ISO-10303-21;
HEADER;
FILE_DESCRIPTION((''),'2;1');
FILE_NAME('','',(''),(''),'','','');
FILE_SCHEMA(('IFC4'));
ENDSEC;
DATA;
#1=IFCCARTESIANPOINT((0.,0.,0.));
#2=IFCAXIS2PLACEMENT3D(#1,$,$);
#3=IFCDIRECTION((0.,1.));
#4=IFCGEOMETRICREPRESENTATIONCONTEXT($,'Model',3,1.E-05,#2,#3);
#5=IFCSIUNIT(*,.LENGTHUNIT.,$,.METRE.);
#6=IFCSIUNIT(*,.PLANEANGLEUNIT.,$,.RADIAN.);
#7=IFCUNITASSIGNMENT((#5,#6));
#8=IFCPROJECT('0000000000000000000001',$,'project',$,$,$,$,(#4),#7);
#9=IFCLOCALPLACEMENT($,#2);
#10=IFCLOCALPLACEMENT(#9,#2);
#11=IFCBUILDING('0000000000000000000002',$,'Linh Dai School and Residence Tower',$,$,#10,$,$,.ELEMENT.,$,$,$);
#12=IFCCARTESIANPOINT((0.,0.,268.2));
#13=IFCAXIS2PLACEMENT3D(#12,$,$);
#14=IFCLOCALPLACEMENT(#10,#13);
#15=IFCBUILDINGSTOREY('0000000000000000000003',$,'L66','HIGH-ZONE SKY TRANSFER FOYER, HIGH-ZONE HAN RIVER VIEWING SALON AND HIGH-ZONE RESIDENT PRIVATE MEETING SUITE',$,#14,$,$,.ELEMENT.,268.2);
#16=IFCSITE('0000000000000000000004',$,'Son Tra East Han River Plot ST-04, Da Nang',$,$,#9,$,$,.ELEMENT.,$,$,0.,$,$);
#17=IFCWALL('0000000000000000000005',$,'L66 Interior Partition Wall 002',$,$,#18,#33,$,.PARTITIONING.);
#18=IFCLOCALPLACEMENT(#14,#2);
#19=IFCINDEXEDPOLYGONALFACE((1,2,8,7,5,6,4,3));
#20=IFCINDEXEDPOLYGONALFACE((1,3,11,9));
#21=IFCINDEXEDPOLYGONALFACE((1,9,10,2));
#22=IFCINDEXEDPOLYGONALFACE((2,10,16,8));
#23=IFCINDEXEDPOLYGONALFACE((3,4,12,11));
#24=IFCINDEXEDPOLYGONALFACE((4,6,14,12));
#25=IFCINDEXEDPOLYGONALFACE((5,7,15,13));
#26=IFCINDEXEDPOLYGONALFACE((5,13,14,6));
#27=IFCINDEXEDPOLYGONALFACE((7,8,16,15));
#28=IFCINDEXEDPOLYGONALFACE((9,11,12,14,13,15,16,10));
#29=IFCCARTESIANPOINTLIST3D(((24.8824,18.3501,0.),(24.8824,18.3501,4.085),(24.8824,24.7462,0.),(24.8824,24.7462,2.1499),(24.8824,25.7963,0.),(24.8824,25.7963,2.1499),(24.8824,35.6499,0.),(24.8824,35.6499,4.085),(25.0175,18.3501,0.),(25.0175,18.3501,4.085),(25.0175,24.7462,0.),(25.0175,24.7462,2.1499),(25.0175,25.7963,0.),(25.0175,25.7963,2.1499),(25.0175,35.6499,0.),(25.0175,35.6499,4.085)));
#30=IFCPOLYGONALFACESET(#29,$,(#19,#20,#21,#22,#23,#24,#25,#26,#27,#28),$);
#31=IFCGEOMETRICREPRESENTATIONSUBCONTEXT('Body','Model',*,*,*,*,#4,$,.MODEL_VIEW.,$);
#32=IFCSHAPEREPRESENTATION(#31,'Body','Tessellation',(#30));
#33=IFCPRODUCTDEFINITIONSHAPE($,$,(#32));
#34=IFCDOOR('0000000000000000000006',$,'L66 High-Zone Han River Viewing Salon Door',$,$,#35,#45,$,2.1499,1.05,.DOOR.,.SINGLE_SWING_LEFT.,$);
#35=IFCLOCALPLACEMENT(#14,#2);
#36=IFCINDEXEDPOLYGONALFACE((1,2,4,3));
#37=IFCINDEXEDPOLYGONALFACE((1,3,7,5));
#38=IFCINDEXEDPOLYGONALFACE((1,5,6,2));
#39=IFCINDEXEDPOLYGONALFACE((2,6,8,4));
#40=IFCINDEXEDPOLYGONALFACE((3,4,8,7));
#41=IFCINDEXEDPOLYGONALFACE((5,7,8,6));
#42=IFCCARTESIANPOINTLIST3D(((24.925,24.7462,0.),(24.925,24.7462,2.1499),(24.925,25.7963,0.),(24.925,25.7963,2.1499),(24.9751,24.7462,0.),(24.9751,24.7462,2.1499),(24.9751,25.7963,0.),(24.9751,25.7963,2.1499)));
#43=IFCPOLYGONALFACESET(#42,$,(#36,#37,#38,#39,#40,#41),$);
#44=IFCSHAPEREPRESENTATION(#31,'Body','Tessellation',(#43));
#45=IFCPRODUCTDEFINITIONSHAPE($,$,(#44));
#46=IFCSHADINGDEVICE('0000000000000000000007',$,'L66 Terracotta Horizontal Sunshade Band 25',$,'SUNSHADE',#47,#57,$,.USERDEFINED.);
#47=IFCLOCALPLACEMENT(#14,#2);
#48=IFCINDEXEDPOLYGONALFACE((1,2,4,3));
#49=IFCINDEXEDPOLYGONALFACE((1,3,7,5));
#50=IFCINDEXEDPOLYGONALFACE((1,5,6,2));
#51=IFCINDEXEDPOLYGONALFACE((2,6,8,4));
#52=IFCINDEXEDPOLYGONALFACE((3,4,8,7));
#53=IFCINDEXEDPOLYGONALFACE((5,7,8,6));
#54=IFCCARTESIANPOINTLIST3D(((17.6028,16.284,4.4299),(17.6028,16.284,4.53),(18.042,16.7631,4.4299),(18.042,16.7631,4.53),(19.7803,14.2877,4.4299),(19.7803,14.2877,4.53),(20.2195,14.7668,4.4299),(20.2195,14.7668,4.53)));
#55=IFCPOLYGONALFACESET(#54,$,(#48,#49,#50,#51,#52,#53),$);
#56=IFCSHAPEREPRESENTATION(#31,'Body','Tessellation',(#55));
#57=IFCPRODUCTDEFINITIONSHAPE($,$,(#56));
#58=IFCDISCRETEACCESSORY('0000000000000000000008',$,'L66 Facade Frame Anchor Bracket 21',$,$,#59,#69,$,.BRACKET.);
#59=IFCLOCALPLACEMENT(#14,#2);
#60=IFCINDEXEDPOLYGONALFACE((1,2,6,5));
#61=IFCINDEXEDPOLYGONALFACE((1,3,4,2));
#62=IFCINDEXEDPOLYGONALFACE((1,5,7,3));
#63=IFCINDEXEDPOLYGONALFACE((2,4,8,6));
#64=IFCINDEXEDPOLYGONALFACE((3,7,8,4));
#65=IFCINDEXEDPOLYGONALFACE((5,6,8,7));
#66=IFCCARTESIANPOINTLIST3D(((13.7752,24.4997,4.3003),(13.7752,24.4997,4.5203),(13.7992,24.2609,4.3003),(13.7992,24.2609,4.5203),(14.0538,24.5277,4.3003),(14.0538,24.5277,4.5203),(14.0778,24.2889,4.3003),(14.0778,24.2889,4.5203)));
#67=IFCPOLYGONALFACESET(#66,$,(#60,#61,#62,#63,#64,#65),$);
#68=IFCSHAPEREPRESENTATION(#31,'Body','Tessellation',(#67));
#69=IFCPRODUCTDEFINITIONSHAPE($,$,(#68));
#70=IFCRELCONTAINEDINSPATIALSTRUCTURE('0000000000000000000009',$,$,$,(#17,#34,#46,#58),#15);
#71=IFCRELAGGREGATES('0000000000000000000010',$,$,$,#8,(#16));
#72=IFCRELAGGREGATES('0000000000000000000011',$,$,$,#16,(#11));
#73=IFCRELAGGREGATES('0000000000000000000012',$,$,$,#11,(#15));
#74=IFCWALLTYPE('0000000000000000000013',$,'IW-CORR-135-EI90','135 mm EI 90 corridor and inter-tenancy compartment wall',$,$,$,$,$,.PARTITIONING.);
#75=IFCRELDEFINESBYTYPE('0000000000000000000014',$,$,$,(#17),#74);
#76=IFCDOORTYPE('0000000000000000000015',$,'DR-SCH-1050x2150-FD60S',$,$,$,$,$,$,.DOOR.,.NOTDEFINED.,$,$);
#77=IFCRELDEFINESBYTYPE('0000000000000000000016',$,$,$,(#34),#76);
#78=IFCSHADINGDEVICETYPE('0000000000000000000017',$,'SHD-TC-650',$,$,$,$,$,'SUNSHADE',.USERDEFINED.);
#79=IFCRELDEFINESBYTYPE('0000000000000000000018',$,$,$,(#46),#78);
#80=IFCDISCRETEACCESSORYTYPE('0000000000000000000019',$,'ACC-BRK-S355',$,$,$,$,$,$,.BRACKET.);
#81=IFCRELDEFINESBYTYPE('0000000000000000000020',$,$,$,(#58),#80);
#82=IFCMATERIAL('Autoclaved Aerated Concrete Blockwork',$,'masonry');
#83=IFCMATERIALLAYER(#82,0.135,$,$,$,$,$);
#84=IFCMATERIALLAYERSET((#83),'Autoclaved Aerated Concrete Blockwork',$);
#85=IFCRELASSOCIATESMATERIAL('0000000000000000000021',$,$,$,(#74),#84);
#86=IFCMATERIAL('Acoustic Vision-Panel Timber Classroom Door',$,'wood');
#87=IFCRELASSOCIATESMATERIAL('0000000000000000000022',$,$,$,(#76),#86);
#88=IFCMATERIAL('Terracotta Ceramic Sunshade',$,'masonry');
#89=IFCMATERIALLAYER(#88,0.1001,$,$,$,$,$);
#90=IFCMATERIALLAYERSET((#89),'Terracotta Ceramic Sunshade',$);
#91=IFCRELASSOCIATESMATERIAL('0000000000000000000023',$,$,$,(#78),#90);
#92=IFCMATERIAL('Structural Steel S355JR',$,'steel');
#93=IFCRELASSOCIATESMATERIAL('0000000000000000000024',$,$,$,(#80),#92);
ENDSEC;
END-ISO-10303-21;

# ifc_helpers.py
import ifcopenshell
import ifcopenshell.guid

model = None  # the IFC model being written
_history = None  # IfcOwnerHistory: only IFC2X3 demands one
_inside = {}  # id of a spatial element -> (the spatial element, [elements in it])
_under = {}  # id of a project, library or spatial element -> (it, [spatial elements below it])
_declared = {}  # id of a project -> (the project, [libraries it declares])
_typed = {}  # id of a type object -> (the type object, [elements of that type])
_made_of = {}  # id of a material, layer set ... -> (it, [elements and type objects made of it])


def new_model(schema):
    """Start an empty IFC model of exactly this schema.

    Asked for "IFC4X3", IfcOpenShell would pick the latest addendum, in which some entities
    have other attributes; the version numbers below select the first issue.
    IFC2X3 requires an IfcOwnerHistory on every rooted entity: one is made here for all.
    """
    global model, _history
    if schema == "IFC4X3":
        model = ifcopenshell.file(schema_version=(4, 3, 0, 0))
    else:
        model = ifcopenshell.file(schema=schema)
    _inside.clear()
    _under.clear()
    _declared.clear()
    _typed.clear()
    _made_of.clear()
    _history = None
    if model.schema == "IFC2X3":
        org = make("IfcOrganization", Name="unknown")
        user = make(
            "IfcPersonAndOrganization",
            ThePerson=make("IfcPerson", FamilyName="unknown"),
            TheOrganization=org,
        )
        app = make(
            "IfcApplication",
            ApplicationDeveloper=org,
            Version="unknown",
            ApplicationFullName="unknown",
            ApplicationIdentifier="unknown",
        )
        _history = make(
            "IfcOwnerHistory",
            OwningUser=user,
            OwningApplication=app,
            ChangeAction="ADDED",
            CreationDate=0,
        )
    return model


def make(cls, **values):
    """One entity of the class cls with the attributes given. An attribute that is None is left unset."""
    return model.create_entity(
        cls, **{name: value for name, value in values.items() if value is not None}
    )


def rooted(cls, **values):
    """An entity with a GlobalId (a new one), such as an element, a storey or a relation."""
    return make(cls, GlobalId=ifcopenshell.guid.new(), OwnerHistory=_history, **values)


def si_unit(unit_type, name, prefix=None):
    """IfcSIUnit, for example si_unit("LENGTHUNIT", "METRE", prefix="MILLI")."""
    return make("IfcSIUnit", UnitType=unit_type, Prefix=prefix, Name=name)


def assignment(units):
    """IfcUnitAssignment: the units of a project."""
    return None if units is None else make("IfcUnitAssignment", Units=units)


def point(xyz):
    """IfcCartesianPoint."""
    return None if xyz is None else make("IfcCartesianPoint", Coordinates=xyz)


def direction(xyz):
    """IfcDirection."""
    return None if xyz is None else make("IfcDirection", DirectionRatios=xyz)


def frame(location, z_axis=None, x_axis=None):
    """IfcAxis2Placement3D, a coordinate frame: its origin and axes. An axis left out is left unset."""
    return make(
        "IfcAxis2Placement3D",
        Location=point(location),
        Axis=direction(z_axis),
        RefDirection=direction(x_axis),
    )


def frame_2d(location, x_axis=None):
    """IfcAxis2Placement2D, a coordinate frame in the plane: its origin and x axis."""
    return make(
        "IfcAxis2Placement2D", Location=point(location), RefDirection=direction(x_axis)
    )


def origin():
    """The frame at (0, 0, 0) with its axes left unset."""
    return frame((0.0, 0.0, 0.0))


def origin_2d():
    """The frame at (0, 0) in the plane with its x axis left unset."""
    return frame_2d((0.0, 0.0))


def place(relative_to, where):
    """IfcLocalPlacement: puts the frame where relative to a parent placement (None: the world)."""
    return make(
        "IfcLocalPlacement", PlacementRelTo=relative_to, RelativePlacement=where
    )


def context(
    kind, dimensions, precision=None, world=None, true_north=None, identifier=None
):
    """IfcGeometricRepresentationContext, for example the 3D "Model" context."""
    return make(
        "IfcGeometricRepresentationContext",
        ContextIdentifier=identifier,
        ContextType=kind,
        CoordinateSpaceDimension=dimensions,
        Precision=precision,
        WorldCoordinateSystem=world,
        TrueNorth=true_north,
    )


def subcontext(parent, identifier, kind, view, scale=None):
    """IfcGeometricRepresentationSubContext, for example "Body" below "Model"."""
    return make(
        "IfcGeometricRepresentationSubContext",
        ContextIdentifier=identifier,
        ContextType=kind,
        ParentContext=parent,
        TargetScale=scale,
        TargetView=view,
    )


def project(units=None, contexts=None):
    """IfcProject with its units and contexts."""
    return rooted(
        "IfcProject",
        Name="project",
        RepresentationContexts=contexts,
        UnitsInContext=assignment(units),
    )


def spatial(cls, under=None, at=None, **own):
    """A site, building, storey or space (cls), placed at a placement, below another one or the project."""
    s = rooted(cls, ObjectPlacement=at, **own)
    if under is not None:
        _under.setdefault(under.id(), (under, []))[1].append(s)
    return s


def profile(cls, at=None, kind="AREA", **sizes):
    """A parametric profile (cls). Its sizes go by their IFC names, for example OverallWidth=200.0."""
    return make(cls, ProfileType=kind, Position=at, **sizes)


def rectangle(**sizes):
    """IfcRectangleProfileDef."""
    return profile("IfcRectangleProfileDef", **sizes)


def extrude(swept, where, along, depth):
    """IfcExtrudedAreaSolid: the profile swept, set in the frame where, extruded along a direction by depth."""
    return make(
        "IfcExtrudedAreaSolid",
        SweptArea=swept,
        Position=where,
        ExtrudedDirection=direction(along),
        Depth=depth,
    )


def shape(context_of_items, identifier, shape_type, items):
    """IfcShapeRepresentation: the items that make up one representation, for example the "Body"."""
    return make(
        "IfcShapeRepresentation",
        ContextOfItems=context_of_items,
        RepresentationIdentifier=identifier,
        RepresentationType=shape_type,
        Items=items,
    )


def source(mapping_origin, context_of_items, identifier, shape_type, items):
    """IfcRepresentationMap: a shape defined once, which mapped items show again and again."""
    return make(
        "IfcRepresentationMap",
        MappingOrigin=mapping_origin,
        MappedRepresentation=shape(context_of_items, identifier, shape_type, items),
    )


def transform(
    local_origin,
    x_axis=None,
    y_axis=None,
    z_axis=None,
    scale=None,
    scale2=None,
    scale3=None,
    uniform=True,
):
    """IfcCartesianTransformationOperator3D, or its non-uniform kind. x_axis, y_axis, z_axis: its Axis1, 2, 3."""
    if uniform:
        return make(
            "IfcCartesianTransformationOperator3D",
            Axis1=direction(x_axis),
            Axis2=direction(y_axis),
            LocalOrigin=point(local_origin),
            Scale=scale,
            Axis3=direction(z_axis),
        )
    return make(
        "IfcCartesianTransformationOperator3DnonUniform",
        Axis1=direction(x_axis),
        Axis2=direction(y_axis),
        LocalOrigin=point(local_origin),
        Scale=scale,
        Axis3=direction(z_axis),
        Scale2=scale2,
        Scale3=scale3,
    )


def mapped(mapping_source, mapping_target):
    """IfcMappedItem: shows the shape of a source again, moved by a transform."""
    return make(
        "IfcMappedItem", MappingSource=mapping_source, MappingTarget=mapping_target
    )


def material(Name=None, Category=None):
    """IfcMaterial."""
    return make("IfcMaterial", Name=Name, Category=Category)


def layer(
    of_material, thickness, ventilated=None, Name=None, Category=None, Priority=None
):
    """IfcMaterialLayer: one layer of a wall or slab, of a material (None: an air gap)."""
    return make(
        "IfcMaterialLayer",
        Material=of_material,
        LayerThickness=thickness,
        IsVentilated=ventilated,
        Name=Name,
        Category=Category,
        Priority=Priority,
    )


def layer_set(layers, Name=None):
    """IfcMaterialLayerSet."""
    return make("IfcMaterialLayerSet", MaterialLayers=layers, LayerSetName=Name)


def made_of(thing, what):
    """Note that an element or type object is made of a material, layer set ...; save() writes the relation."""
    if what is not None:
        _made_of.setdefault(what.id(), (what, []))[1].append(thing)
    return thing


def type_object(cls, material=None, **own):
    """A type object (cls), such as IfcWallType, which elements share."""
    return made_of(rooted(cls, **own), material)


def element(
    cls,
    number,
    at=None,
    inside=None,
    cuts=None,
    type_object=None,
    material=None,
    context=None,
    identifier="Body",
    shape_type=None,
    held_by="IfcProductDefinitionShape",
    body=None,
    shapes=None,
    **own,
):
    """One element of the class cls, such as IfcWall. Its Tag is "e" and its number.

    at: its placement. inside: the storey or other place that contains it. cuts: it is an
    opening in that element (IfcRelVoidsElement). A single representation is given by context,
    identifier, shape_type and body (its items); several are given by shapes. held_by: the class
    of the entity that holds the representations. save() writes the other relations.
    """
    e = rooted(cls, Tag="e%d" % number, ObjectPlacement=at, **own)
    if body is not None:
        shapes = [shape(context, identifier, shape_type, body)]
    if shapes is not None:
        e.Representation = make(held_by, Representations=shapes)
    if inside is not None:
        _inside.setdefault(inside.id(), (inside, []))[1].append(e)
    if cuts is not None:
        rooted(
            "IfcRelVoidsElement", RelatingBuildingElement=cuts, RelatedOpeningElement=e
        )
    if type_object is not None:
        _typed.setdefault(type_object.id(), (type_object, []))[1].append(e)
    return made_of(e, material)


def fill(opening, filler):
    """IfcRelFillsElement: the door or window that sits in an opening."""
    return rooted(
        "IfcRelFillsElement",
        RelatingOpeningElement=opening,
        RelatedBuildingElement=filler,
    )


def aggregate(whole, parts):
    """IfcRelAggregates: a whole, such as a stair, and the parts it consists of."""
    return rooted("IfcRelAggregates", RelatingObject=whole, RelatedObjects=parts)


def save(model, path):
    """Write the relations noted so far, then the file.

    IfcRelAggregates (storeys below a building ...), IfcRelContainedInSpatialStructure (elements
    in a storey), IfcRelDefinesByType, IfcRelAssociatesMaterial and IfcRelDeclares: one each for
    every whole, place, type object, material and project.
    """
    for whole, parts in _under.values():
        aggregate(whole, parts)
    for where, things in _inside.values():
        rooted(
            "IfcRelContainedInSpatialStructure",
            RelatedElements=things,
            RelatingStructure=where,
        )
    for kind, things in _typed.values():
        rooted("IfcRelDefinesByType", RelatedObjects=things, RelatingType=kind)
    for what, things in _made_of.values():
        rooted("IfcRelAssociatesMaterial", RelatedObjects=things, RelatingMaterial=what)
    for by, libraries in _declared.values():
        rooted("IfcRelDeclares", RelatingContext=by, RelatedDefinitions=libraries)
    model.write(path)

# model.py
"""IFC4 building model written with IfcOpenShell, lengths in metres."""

from ifc_helpers import new_model, si_unit, direction, frame, frame_2d, origin, origin_2d, place, context, subcontext, project, spatial, rectangle, extrude, source, transform, mapped, material, layer, layer_set, type_object, element, fill, save


model = new_model("IFC4")

# Units and contexts
model_context = context("Model", 3, precision=1e-05, world=origin(), true_north=direction((0.0, 1.0)))
body_context = subcontext(model_context, "Body", "Model", "MODEL_VIEW")
ifc_project = project(units=[si_unit("LENGTHUNIT", "METRE"), si_unit("PLANEANGLEUNIT", "RADIAN")], contexts=[model_context])

# Site, building, storey
site_placement = place(None, origin())
site = spatial("IfcSite", under=ifc_project, at=site_placement, Name="Son Tra East Han River Plot ST-04, Da Nang", CompositionType="ELEMENT", RefElevation=0.0)
building_placement = place(site_placement, origin())
building = spatial("IfcBuilding", under=site, at=building_placement, Name="Linh Dai School and Residence Tower", CompositionType="ELEMENT")
storey_placement = place(building_placement, frame((0.0, 0.0, 268.2)))
storey = spatial("IfcBuildingStorey", under=building, at=storey_placement, Name="L66", Description="HIGH-ZONE SKY TRANSFER FOYER, HIGH-ZONE HAN RIVER VIEWING SALON AND HIGH-ZONE RESIDENT PRIVATE MEETING SUITE", CompositionType="ELEMENT", Elevation=268.2)

# Shared definitions
ifc_material_1 = material(Name="Structural Steel S355JR", Category="steel")

# Wall, opening, door
ifc_material_2 = material(Name="Autoclaved Aerated Concrete Blockwork", Category="masonry")
ifc_layer_1 = layer(ifc_material_2, 0.135)
ifc_layer_set_1 = layer_set([ifc_layer_1], Name="Autoclaved Aerated Concrete Blockwork")
wall_type_1 = type_object("IfcWallType", Name="IW-CORR-135-EI90", Description="135 mm EI 90 corridor and inter-tenancy compartment wall", PredefinedType="PARTITIONING", material=ifc_layer_set_1)
wall_1_placement = place(storey_placement, frame((24.95, 18.3501, 0.0), z_axis=(0.0, 0.0, 1.0), x_axis=(0.0, 1.0, 0.0)))
wall_1 = element("IfcWall", 1, at=wall_1_placement, inside=storey, type_object=wall_type_1, Name="L66 Interior Partition Wall 002", PredefinedType="PARTITIONING", context=body_context, shape_type="SweptSolid", body=[
    extrude(rectangle(XDim=17.2998, YDim=0.135, at=frame_2d((8.6499, 0.0))), origin(), (0.0, 0.0, 1.0), 4.085),
])
opening_1_placement = place(wall_1_placement, frame((6.3962, 0.0, 0.0)))
opening_1 = element("IfcOpeningElement", 2, at=opening_1_placement, cuts=wall_1, PredefinedType="OPENING", context=body_context, shape_type="SweptSolid", body=[
    extrude(rectangle(XDim=1.05, YDim=2.1499, at=origin_2d()), frame((0.5249, 0.0776, 1.075), z_axis=(0.0, -1.0, 0.0), x_axis=(1.0, 0.0, 0.0)), (0.0, 0.0, 1.0), 0.155),
])
ifc_material_3 = material(Name="Acoustic Vision-Panel Timber Classroom Door", Category="wood")
door_type = type_object("IfcDoorType", Name="DR-SCH-1050x2150-FD60S", OperationType="NOTDEFINED", PredefinedType="DOOR", material=ifc_material_3)
shared_shape_1 = source(origin(), body_context, "Body", "SweptSolid", [
    extrude(rectangle(XDim=1.05, YDim=2.1499, at=origin_2d()), frame((0.5249, 0.0249, 1.075), z_axis=(0.0, -1.0, 0.0), x_axis=(1.0, 0.0, 0.0)), (0.0, 0.0, 1.0), 0.05),
])
door_placement = place(opening_1_placement, origin())
door = element("IfcDoor", 3, at=door_placement, inside=storey, type_object=door_type, Name="L66 High-Zone Han River Viewing Salon Door", OperationType="SINGLE_SWING_LEFT", OverallHeight=2.1499, OverallWidth=1.05, PredefinedType="DOOR", context=body_context, shape_type="MappedRepresentation", body=[
    mapped(shared_shape_1, transform((0.0, 0.0, 0.0), x_axis=(1.0, 0.0, 0.0), y_axis=(0.0, 1.0, 0.0), z_axis=(0.0, 0.0, 1.0), scale=1.0)),
])
fill(opening_1, door)

# Shading device
ifc_material_4 = material(Name="Terracotta Ceramic Sunshade", Category="masonry")
ifc_layer_2 = layer(ifc_material_4, 0.1001)
ifc_layer_set_2 = layer_set([ifc_layer_2], Name="Terracotta Ceramic Sunshade")
shading_device_type = type_object("IfcShadingDeviceType", Name="SHD-TC-650", ElementType="SUNSHADE", PredefinedType="USERDEFINED", material=ifc_layer_set_2)
shared_shape_2 = source(origin(), body_context, "Body", "SweptSolid", [
    extrude(rectangle(XDim=2.9541, YDim=0.6499, at=origin_2d()), origin(), (0.0, 0.0, 1.0), 0.1001),
])
shading_device_placement = place(storey_placement, frame((18.9111, 15.5254, 4.4299), z_axis=(0.0, 0.0, 1.0), x_axis=(-0.737104, 0.675779, 0.0)))
element("IfcShadingDevice", 4, at=shading_device_placement, inside=storey, type_object=shading_device_type, Name="L66 Terracotta Horizontal Sunshade Band 25", ObjectType="SUNSHADE", PredefinedType="USERDEFINED", context=body_context, shape_type="MappedRepresentation", body=[
    mapped(shared_shape_2, transform((0.0, 0.0, 0.0), x_axis=(1.0, 0.0, 0.0), y_axis=(0.0, 1.0, 0.0), z_axis=(0.0, 0.0, 1.0), scale=1.0)),
])

# Discrete accessory
discrete_accessory_type = type_object("IfcDiscreteAccessoryType", Name="ACC-BRK-S355", PredefinedType="BRACKET", material=ifc_material_1)
shared_shape_3 = source(origin(), body_context, "Body", "SweptSolid", [
    extrude(rectangle(XDim=0.28, YDim=0.24, at=origin_2d()), origin(), (0.0, 0.0, 1.0), 0.22),
])
discrete_accessory_placement = place(storey_placement, frame((13.9265, 24.3943, 4.3003), z_axis=(0.0, 0.0, 1.0), x_axis=(-0.994987, -0.100008, 0.0)))
element("IfcDiscreteAccessory", 5, at=discrete_accessory_placement, inside=storey, type_object=discrete_accessory_type, Name="L66 Facade Frame Anchor Bracket 21", PredefinedType="BRACKET", context=body_context, shape_type="MappedRepresentation", body=[
    mapped(shared_shape_3, transform((0.0, 0.0, 0.0), x_axis=(1.0, 0.0, 0.0), y_axis=(0.0, 1.0, 0.0), z_axis=(0.0, 0.0, 1.0), scale=1.0)),
])

save(model, "model.ifc")
